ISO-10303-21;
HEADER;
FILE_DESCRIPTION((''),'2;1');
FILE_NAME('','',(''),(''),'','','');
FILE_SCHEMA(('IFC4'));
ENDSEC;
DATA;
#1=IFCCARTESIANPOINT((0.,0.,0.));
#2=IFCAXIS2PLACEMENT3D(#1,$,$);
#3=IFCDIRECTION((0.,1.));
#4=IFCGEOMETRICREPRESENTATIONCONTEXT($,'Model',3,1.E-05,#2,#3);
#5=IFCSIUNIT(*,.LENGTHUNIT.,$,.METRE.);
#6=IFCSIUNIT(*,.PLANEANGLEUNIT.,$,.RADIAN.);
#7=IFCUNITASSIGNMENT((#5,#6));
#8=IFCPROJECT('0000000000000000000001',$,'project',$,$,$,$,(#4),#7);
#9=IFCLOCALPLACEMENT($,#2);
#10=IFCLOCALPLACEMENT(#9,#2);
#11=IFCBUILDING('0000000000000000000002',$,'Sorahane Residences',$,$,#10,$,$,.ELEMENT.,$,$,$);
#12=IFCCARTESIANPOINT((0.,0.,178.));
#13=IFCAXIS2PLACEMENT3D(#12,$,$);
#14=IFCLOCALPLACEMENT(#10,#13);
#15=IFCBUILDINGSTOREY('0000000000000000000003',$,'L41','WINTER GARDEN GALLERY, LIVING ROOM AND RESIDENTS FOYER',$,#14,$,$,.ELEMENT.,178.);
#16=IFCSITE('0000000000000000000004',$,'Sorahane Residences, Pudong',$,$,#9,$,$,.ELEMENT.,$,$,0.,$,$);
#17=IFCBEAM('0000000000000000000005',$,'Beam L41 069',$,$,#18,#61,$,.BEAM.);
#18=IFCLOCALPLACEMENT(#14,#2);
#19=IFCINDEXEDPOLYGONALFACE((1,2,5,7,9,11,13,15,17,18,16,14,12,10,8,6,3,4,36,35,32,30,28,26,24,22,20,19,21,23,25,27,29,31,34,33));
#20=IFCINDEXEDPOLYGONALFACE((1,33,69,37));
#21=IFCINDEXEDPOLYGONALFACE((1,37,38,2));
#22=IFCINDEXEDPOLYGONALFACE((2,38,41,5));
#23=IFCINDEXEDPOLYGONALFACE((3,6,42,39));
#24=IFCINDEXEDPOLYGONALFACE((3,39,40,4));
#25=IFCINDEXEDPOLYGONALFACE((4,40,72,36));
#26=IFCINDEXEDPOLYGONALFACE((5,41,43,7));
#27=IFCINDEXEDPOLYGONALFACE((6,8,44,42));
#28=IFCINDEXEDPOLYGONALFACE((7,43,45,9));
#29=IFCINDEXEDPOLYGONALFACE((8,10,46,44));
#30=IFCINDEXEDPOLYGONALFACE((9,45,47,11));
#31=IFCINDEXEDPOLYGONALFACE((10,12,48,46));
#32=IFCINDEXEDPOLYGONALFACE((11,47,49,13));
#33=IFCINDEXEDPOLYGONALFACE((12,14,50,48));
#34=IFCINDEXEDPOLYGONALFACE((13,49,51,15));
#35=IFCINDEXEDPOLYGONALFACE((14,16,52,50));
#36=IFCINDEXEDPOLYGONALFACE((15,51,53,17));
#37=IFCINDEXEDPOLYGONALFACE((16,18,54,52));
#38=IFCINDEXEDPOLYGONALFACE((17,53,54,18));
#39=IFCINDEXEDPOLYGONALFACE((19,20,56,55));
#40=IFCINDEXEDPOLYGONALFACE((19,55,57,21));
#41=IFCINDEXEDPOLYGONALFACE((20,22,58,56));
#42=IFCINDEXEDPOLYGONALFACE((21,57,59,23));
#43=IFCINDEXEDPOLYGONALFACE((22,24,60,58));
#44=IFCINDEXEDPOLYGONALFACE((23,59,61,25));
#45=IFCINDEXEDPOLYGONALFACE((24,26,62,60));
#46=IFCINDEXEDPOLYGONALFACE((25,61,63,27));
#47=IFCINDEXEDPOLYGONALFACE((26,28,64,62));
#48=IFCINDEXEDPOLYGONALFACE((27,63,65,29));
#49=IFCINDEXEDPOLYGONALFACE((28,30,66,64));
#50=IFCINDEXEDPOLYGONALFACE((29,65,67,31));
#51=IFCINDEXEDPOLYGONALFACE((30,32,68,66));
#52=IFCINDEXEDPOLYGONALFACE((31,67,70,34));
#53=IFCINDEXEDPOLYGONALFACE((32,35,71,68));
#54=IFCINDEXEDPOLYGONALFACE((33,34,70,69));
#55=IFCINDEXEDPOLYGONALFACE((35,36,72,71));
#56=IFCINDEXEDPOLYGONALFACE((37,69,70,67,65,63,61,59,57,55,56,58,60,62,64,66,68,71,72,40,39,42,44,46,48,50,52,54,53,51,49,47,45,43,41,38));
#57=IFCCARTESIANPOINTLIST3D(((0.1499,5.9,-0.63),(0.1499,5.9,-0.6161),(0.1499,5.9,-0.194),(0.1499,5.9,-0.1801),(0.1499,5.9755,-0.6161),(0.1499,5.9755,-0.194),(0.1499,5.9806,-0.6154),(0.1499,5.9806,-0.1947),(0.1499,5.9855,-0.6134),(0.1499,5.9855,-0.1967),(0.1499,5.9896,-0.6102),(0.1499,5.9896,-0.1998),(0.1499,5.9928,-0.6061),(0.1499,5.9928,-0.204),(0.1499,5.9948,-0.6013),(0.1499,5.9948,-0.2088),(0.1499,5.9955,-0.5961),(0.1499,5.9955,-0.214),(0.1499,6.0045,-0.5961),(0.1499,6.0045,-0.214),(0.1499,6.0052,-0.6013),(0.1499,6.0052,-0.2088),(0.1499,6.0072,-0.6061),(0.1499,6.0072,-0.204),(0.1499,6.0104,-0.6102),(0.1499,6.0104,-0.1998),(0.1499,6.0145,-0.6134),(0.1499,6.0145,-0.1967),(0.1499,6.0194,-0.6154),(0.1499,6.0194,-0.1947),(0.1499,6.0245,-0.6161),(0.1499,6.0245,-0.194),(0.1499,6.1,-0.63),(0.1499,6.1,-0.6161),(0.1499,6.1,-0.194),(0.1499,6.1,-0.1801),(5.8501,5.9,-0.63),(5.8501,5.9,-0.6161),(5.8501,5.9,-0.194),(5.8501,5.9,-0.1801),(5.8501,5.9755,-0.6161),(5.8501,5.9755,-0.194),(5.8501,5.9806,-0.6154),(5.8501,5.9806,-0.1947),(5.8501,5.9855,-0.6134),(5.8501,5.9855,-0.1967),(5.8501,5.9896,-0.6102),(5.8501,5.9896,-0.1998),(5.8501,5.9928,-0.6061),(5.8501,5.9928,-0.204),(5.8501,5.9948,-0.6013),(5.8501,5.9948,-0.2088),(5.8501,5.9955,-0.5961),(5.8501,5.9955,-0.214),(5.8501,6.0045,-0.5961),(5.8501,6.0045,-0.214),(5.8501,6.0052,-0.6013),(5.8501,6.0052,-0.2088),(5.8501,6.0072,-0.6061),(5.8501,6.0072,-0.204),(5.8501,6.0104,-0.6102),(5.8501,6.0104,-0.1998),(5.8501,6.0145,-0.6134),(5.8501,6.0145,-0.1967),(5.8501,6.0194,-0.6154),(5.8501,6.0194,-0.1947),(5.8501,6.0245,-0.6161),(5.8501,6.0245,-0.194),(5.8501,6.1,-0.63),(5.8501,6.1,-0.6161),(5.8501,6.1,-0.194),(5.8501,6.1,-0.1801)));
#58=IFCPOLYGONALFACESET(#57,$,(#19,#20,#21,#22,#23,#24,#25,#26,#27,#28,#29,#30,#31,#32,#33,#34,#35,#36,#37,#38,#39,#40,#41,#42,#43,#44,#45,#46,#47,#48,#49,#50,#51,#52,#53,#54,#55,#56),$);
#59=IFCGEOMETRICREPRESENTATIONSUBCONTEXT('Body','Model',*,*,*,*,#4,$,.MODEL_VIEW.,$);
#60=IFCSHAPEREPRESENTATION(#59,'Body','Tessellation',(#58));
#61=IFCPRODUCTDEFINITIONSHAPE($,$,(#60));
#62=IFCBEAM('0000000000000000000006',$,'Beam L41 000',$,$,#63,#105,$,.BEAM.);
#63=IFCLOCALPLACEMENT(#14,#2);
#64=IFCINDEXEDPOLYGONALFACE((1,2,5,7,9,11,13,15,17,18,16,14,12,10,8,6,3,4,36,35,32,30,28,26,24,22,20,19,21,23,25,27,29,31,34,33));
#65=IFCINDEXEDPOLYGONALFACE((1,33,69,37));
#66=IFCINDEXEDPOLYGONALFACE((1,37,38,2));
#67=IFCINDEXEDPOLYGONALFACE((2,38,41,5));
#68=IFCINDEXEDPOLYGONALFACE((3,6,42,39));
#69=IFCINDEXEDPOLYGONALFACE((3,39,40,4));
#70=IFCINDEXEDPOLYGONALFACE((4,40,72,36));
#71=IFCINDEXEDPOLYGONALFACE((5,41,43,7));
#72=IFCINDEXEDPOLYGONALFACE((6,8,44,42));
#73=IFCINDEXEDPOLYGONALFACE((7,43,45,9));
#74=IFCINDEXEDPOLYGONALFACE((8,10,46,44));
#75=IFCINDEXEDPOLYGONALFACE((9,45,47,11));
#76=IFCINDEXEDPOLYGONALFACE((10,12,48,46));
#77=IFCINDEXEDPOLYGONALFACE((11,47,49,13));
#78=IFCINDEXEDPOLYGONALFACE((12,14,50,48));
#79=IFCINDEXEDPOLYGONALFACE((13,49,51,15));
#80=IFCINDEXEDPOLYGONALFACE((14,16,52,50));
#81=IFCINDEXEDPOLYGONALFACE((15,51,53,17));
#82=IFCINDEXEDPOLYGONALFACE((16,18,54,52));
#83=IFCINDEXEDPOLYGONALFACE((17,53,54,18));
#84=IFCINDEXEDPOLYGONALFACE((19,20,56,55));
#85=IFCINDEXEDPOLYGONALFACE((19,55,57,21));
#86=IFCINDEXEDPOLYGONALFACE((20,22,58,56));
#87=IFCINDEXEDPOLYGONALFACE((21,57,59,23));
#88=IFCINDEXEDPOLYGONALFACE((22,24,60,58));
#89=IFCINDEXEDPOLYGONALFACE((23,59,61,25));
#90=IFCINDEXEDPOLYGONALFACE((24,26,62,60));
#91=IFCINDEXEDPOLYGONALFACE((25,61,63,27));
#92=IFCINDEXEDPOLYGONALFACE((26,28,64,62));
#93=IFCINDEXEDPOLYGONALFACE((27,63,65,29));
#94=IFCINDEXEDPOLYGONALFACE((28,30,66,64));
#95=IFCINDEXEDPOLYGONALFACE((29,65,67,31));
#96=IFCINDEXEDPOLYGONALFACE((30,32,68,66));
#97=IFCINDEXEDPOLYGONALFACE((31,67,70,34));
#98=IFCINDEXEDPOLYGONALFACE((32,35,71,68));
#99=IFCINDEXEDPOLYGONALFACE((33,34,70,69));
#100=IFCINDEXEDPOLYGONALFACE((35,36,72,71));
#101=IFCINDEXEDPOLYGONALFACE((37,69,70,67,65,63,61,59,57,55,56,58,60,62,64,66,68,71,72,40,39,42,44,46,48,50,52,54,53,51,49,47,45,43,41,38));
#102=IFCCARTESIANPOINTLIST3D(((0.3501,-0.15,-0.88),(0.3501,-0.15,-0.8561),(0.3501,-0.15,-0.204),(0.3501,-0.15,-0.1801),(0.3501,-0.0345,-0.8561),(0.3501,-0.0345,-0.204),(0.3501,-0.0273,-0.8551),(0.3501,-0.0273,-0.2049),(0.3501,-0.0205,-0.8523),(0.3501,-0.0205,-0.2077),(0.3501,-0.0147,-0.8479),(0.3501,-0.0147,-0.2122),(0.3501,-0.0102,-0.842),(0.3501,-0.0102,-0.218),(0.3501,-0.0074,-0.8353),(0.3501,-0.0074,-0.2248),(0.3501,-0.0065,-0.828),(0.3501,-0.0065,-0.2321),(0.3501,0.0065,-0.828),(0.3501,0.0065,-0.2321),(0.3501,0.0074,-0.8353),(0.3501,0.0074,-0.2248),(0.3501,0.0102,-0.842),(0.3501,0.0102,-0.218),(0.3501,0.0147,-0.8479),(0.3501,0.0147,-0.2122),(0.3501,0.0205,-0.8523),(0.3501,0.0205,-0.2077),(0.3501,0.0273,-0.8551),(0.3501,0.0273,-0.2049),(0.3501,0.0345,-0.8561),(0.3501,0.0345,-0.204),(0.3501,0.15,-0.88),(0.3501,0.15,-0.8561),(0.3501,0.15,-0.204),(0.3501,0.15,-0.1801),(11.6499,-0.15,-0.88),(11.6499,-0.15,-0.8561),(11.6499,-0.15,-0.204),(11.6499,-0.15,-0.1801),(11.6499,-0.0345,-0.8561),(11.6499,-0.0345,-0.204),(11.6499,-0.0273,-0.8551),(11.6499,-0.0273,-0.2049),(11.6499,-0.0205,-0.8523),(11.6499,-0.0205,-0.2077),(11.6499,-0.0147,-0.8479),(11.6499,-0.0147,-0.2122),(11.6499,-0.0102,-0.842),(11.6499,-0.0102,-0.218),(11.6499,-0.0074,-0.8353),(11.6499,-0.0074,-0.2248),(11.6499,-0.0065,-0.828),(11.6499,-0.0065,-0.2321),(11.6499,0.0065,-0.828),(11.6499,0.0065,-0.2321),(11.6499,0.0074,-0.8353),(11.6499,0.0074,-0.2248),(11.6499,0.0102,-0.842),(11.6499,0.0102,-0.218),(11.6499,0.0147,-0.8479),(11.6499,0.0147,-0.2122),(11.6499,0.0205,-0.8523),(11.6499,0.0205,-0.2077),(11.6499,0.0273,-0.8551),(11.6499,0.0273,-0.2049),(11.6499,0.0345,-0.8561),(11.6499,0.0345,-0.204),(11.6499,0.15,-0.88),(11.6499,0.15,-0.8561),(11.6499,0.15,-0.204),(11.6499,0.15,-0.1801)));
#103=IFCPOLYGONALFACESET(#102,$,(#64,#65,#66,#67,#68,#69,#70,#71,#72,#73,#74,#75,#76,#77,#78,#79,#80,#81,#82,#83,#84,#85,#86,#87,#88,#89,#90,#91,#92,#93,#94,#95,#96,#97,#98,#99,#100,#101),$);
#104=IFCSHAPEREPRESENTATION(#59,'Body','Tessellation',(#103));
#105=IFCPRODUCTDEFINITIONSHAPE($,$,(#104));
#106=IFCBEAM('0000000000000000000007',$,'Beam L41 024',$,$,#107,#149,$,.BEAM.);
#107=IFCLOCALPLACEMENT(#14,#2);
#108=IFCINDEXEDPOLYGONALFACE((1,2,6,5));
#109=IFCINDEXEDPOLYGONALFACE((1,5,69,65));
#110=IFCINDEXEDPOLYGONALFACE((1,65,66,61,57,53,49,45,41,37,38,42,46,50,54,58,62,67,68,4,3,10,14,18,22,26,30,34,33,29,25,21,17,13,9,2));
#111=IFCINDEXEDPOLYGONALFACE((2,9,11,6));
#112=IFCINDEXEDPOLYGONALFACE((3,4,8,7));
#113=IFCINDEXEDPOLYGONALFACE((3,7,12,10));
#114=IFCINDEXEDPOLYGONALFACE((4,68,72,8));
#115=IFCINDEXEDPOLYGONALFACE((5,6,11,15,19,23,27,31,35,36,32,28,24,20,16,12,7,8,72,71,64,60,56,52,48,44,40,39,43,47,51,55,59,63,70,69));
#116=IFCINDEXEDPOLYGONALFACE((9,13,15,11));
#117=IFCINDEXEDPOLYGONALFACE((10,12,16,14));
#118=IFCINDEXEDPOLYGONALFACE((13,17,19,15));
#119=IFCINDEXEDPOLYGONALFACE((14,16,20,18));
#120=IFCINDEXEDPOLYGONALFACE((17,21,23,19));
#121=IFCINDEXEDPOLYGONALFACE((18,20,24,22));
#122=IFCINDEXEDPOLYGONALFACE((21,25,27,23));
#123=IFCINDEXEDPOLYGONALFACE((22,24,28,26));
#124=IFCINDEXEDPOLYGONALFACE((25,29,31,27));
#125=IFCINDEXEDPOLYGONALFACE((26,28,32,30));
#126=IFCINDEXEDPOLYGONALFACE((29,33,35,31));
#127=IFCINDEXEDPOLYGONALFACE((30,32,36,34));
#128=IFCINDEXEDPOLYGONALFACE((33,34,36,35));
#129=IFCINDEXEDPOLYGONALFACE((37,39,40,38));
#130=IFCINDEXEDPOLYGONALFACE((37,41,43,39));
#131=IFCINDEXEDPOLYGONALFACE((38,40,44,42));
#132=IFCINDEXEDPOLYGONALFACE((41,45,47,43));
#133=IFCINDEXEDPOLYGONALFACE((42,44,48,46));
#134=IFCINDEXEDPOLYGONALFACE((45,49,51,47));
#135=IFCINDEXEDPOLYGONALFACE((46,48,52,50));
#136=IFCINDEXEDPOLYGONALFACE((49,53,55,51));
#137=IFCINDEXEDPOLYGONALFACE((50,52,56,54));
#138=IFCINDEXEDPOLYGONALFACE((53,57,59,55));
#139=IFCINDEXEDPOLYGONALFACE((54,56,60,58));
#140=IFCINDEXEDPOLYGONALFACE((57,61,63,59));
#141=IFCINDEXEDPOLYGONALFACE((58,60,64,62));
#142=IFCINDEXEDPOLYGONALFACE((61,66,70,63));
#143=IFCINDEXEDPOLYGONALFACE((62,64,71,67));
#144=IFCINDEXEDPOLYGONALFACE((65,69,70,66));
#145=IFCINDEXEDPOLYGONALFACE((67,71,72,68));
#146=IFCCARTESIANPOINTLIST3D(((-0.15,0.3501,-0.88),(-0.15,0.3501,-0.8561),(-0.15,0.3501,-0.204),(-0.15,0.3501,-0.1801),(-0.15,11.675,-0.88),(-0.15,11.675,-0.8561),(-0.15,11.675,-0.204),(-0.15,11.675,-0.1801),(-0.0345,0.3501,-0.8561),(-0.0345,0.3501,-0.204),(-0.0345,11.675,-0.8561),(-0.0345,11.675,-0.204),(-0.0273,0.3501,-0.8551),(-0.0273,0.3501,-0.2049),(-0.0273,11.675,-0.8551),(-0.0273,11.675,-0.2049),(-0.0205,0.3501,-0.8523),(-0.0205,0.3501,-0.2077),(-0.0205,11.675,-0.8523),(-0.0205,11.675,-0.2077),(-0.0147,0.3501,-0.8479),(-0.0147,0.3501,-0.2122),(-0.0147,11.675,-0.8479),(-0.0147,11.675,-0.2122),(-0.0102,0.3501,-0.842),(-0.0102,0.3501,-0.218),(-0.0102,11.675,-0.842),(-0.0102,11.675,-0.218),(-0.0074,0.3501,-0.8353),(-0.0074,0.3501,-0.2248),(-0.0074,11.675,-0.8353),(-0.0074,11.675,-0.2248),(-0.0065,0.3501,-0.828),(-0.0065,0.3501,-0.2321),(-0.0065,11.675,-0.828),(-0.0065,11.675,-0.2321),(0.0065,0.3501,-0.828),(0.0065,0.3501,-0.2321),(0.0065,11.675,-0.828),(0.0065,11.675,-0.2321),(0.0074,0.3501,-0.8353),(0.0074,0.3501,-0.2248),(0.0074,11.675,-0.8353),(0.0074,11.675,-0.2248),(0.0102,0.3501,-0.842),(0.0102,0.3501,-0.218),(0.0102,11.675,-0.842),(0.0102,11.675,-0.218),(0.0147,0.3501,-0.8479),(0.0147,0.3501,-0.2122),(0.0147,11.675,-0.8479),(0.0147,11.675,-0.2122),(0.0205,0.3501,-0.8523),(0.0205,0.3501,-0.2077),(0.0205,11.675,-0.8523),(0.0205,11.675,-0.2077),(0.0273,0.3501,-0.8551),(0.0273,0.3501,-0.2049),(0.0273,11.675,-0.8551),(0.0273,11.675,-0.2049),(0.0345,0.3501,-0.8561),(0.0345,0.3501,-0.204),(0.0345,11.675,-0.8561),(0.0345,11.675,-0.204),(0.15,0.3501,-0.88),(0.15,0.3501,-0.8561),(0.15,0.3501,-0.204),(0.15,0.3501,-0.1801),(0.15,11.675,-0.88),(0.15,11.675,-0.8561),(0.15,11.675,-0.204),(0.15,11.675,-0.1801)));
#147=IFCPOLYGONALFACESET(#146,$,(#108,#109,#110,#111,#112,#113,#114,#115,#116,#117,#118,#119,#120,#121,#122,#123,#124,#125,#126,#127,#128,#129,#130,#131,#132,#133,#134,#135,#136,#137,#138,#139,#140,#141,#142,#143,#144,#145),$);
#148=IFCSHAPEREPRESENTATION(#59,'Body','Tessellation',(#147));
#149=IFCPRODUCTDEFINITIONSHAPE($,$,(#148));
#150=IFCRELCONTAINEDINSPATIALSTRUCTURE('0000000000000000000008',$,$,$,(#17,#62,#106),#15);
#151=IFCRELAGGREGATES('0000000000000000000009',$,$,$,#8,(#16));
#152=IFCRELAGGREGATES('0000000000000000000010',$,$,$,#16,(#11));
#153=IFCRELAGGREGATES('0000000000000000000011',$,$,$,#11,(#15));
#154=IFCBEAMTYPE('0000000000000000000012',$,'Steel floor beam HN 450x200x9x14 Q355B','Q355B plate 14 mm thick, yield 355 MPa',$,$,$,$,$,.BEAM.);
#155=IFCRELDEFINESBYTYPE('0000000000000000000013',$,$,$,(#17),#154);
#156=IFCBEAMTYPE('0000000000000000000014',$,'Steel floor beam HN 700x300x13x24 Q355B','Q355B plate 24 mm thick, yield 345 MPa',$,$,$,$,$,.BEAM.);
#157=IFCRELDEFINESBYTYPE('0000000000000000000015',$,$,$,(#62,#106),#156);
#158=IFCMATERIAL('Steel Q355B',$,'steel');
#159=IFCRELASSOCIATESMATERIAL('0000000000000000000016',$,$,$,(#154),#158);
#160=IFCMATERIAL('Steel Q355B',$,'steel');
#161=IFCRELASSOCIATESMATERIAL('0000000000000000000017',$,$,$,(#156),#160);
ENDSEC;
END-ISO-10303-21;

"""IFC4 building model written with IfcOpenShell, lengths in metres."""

from ifc_helpers import new_model, si_unit, direction, frame, origin, origin_2d, place, context, subcontext, project, spatial, i_section, extrude, material, material_profile, profile_set, type_object, element, save


model = new_model("IFC4")

# Units and contexts
model_context = context("Model", 3, precision=1e-05, world=origin(), true_north=direction((0.0, 1.0)))
body_context = subcontext(model_context, "Body", "Model", "MODEL_VIEW")
ifc_project = project(units=[si_unit("LENGTHUNIT", "METRE"), si_unit("PLANEANGLEUNIT", "RADIAN")], contexts=[model_context])

# Site, building, storey
site_placement = place(None, origin())
site = spatial("IfcSite", under=ifc_project, at=site_placement, Name="Sorahane Residences, Pudong", CompositionType="ELEMENT", RefElevation=0.0)
building_placement = place(site_placement, origin())
building = spatial("IfcBuilding", under=site, at=building_placement, Name="Sorahane Residences", CompositionType="ELEMENT")
storey_placement = place(building_placement, frame((0.0, 0.0, 178.0)))
storey = spatial("IfcBuildingStorey", under=building, at=storey_placement, Name="L41", Description="WINTER GARDEN GALLERY, LIVING ROOM AND RESIDENTS FOYER", CompositionType="ELEMENT", Elevation=178.0)

# Beams
ifc_material_1 = material(Name="Steel Q355B", Category="steel")
ifc_material_profile_1 = material_profile(ifc_material_1, i_section(OverallWidth=0.2, OverallDepth=0.45, WebThickness=0.009, FlangeThickness=0.0139, FilletRadius=0.02, at=origin_2d()), Name="HN 450x200x9x14")
ifc_profile_set_1 = profile_set([ifc_material_profile_1], Name="Steel Q355B")
beam_type_1 = type_object("IfcBeamType", Name="Steel floor beam HN 450x200x9x14 Q355B", Description="Q355B plate 14 mm thick, yield 355 MPa", PredefinedType="BEAM", material=ifc_profile_set_1)
beam_1_placement = place(storey_placement, frame((0.1499, 6.0, -0.405), z_axis=(1.0, 0.0, 0.0), x_axis=(0.0, 1.0, 0.0)))
element("IfcBeam", 1, at=beam_1_placement, inside=storey, type_object=beam_type_1, Name="Beam L41 069", PredefinedType="BEAM", context=body_context, shape_type="SweptSolid", body=[
    extrude(i_section(OverallWidth=0.2, OverallDepth=0.45, WebThickness=0.009, FlangeThickness=0.0139, FilletRadius=0.02, at=origin_2d()), origin(), (0.0, 0.0, 1.0), 5.7002),
])
ifc_material_2 = material(Name="Steel Q355B", Category="steel")
ifc_material_profile_2 = material_profile(ifc_material_2, i_section(OverallWidth=0.3, OverallDepth=0.7, WebThickness=0.0129, FlangeThickness=0.0239, FilletRadius=0.0281, at=origin_2d()), Name="HN 700x300x13x24")
ifc_profile_set_2 = profile_set([ifc_material_profile_2], Name="Steel Q355B")
beam_type_2 = type_object("IfcBeamType", Name="Steel floor beam HN 700x300x13x24 Q355B", Description="Q355B plate 24 mm thick, yield 345 MPa", PredefinedType="BEAM", material=ifc_profile_set_2)
beam_2_placement = place(storey_placement, frame((0.3501, 0.0, -0.53), z_axis=(1.0, 0.0, 0.0), x_axis=(0.0, 1.0, 0.0)))
element("IfcBeam", 2, at=beam_2_placement, inside=storey, type_object=beam_type_2, Name="Beam L41 000", PredefinedType="BEAM", context=body_context, shape_type="SweptSolid", body=[
    extrude(i_section(OverallWidth=0.3, OverallDepth=0.7, WebThickness=0.0129, FlangeThickness=0.0239, FilletRadius=0.0281, at=origin_2d()), origin(), (0.0, 0.0, 1.0), 11.2998),
])
beam_3_placement = place(storey_placement, frame((0.0, 0.3501, -0.53), z_axis=(0.0, 1.0, 0.0), x_axis=(-1.0, 0.0, 0.0)))
element("IfcBeam", 3, at=beam_3_placement, inside=storey, type_object=beam_type_2, Name="Beam L41 024", PredefinedType="BEAM", context=body_context, shape_type="SweptSolid", body=[
    extrude(i_section(OverallWidth=0.3, OverallDepth=0.7, WebThickness=0.0129, FlangeThickness=0.0239, FilletRadius=0.0281, at=origin_2d()), origin(), (0.0, 0.0, 1.0), 11.325),
])

save(model, "model.ifc")
